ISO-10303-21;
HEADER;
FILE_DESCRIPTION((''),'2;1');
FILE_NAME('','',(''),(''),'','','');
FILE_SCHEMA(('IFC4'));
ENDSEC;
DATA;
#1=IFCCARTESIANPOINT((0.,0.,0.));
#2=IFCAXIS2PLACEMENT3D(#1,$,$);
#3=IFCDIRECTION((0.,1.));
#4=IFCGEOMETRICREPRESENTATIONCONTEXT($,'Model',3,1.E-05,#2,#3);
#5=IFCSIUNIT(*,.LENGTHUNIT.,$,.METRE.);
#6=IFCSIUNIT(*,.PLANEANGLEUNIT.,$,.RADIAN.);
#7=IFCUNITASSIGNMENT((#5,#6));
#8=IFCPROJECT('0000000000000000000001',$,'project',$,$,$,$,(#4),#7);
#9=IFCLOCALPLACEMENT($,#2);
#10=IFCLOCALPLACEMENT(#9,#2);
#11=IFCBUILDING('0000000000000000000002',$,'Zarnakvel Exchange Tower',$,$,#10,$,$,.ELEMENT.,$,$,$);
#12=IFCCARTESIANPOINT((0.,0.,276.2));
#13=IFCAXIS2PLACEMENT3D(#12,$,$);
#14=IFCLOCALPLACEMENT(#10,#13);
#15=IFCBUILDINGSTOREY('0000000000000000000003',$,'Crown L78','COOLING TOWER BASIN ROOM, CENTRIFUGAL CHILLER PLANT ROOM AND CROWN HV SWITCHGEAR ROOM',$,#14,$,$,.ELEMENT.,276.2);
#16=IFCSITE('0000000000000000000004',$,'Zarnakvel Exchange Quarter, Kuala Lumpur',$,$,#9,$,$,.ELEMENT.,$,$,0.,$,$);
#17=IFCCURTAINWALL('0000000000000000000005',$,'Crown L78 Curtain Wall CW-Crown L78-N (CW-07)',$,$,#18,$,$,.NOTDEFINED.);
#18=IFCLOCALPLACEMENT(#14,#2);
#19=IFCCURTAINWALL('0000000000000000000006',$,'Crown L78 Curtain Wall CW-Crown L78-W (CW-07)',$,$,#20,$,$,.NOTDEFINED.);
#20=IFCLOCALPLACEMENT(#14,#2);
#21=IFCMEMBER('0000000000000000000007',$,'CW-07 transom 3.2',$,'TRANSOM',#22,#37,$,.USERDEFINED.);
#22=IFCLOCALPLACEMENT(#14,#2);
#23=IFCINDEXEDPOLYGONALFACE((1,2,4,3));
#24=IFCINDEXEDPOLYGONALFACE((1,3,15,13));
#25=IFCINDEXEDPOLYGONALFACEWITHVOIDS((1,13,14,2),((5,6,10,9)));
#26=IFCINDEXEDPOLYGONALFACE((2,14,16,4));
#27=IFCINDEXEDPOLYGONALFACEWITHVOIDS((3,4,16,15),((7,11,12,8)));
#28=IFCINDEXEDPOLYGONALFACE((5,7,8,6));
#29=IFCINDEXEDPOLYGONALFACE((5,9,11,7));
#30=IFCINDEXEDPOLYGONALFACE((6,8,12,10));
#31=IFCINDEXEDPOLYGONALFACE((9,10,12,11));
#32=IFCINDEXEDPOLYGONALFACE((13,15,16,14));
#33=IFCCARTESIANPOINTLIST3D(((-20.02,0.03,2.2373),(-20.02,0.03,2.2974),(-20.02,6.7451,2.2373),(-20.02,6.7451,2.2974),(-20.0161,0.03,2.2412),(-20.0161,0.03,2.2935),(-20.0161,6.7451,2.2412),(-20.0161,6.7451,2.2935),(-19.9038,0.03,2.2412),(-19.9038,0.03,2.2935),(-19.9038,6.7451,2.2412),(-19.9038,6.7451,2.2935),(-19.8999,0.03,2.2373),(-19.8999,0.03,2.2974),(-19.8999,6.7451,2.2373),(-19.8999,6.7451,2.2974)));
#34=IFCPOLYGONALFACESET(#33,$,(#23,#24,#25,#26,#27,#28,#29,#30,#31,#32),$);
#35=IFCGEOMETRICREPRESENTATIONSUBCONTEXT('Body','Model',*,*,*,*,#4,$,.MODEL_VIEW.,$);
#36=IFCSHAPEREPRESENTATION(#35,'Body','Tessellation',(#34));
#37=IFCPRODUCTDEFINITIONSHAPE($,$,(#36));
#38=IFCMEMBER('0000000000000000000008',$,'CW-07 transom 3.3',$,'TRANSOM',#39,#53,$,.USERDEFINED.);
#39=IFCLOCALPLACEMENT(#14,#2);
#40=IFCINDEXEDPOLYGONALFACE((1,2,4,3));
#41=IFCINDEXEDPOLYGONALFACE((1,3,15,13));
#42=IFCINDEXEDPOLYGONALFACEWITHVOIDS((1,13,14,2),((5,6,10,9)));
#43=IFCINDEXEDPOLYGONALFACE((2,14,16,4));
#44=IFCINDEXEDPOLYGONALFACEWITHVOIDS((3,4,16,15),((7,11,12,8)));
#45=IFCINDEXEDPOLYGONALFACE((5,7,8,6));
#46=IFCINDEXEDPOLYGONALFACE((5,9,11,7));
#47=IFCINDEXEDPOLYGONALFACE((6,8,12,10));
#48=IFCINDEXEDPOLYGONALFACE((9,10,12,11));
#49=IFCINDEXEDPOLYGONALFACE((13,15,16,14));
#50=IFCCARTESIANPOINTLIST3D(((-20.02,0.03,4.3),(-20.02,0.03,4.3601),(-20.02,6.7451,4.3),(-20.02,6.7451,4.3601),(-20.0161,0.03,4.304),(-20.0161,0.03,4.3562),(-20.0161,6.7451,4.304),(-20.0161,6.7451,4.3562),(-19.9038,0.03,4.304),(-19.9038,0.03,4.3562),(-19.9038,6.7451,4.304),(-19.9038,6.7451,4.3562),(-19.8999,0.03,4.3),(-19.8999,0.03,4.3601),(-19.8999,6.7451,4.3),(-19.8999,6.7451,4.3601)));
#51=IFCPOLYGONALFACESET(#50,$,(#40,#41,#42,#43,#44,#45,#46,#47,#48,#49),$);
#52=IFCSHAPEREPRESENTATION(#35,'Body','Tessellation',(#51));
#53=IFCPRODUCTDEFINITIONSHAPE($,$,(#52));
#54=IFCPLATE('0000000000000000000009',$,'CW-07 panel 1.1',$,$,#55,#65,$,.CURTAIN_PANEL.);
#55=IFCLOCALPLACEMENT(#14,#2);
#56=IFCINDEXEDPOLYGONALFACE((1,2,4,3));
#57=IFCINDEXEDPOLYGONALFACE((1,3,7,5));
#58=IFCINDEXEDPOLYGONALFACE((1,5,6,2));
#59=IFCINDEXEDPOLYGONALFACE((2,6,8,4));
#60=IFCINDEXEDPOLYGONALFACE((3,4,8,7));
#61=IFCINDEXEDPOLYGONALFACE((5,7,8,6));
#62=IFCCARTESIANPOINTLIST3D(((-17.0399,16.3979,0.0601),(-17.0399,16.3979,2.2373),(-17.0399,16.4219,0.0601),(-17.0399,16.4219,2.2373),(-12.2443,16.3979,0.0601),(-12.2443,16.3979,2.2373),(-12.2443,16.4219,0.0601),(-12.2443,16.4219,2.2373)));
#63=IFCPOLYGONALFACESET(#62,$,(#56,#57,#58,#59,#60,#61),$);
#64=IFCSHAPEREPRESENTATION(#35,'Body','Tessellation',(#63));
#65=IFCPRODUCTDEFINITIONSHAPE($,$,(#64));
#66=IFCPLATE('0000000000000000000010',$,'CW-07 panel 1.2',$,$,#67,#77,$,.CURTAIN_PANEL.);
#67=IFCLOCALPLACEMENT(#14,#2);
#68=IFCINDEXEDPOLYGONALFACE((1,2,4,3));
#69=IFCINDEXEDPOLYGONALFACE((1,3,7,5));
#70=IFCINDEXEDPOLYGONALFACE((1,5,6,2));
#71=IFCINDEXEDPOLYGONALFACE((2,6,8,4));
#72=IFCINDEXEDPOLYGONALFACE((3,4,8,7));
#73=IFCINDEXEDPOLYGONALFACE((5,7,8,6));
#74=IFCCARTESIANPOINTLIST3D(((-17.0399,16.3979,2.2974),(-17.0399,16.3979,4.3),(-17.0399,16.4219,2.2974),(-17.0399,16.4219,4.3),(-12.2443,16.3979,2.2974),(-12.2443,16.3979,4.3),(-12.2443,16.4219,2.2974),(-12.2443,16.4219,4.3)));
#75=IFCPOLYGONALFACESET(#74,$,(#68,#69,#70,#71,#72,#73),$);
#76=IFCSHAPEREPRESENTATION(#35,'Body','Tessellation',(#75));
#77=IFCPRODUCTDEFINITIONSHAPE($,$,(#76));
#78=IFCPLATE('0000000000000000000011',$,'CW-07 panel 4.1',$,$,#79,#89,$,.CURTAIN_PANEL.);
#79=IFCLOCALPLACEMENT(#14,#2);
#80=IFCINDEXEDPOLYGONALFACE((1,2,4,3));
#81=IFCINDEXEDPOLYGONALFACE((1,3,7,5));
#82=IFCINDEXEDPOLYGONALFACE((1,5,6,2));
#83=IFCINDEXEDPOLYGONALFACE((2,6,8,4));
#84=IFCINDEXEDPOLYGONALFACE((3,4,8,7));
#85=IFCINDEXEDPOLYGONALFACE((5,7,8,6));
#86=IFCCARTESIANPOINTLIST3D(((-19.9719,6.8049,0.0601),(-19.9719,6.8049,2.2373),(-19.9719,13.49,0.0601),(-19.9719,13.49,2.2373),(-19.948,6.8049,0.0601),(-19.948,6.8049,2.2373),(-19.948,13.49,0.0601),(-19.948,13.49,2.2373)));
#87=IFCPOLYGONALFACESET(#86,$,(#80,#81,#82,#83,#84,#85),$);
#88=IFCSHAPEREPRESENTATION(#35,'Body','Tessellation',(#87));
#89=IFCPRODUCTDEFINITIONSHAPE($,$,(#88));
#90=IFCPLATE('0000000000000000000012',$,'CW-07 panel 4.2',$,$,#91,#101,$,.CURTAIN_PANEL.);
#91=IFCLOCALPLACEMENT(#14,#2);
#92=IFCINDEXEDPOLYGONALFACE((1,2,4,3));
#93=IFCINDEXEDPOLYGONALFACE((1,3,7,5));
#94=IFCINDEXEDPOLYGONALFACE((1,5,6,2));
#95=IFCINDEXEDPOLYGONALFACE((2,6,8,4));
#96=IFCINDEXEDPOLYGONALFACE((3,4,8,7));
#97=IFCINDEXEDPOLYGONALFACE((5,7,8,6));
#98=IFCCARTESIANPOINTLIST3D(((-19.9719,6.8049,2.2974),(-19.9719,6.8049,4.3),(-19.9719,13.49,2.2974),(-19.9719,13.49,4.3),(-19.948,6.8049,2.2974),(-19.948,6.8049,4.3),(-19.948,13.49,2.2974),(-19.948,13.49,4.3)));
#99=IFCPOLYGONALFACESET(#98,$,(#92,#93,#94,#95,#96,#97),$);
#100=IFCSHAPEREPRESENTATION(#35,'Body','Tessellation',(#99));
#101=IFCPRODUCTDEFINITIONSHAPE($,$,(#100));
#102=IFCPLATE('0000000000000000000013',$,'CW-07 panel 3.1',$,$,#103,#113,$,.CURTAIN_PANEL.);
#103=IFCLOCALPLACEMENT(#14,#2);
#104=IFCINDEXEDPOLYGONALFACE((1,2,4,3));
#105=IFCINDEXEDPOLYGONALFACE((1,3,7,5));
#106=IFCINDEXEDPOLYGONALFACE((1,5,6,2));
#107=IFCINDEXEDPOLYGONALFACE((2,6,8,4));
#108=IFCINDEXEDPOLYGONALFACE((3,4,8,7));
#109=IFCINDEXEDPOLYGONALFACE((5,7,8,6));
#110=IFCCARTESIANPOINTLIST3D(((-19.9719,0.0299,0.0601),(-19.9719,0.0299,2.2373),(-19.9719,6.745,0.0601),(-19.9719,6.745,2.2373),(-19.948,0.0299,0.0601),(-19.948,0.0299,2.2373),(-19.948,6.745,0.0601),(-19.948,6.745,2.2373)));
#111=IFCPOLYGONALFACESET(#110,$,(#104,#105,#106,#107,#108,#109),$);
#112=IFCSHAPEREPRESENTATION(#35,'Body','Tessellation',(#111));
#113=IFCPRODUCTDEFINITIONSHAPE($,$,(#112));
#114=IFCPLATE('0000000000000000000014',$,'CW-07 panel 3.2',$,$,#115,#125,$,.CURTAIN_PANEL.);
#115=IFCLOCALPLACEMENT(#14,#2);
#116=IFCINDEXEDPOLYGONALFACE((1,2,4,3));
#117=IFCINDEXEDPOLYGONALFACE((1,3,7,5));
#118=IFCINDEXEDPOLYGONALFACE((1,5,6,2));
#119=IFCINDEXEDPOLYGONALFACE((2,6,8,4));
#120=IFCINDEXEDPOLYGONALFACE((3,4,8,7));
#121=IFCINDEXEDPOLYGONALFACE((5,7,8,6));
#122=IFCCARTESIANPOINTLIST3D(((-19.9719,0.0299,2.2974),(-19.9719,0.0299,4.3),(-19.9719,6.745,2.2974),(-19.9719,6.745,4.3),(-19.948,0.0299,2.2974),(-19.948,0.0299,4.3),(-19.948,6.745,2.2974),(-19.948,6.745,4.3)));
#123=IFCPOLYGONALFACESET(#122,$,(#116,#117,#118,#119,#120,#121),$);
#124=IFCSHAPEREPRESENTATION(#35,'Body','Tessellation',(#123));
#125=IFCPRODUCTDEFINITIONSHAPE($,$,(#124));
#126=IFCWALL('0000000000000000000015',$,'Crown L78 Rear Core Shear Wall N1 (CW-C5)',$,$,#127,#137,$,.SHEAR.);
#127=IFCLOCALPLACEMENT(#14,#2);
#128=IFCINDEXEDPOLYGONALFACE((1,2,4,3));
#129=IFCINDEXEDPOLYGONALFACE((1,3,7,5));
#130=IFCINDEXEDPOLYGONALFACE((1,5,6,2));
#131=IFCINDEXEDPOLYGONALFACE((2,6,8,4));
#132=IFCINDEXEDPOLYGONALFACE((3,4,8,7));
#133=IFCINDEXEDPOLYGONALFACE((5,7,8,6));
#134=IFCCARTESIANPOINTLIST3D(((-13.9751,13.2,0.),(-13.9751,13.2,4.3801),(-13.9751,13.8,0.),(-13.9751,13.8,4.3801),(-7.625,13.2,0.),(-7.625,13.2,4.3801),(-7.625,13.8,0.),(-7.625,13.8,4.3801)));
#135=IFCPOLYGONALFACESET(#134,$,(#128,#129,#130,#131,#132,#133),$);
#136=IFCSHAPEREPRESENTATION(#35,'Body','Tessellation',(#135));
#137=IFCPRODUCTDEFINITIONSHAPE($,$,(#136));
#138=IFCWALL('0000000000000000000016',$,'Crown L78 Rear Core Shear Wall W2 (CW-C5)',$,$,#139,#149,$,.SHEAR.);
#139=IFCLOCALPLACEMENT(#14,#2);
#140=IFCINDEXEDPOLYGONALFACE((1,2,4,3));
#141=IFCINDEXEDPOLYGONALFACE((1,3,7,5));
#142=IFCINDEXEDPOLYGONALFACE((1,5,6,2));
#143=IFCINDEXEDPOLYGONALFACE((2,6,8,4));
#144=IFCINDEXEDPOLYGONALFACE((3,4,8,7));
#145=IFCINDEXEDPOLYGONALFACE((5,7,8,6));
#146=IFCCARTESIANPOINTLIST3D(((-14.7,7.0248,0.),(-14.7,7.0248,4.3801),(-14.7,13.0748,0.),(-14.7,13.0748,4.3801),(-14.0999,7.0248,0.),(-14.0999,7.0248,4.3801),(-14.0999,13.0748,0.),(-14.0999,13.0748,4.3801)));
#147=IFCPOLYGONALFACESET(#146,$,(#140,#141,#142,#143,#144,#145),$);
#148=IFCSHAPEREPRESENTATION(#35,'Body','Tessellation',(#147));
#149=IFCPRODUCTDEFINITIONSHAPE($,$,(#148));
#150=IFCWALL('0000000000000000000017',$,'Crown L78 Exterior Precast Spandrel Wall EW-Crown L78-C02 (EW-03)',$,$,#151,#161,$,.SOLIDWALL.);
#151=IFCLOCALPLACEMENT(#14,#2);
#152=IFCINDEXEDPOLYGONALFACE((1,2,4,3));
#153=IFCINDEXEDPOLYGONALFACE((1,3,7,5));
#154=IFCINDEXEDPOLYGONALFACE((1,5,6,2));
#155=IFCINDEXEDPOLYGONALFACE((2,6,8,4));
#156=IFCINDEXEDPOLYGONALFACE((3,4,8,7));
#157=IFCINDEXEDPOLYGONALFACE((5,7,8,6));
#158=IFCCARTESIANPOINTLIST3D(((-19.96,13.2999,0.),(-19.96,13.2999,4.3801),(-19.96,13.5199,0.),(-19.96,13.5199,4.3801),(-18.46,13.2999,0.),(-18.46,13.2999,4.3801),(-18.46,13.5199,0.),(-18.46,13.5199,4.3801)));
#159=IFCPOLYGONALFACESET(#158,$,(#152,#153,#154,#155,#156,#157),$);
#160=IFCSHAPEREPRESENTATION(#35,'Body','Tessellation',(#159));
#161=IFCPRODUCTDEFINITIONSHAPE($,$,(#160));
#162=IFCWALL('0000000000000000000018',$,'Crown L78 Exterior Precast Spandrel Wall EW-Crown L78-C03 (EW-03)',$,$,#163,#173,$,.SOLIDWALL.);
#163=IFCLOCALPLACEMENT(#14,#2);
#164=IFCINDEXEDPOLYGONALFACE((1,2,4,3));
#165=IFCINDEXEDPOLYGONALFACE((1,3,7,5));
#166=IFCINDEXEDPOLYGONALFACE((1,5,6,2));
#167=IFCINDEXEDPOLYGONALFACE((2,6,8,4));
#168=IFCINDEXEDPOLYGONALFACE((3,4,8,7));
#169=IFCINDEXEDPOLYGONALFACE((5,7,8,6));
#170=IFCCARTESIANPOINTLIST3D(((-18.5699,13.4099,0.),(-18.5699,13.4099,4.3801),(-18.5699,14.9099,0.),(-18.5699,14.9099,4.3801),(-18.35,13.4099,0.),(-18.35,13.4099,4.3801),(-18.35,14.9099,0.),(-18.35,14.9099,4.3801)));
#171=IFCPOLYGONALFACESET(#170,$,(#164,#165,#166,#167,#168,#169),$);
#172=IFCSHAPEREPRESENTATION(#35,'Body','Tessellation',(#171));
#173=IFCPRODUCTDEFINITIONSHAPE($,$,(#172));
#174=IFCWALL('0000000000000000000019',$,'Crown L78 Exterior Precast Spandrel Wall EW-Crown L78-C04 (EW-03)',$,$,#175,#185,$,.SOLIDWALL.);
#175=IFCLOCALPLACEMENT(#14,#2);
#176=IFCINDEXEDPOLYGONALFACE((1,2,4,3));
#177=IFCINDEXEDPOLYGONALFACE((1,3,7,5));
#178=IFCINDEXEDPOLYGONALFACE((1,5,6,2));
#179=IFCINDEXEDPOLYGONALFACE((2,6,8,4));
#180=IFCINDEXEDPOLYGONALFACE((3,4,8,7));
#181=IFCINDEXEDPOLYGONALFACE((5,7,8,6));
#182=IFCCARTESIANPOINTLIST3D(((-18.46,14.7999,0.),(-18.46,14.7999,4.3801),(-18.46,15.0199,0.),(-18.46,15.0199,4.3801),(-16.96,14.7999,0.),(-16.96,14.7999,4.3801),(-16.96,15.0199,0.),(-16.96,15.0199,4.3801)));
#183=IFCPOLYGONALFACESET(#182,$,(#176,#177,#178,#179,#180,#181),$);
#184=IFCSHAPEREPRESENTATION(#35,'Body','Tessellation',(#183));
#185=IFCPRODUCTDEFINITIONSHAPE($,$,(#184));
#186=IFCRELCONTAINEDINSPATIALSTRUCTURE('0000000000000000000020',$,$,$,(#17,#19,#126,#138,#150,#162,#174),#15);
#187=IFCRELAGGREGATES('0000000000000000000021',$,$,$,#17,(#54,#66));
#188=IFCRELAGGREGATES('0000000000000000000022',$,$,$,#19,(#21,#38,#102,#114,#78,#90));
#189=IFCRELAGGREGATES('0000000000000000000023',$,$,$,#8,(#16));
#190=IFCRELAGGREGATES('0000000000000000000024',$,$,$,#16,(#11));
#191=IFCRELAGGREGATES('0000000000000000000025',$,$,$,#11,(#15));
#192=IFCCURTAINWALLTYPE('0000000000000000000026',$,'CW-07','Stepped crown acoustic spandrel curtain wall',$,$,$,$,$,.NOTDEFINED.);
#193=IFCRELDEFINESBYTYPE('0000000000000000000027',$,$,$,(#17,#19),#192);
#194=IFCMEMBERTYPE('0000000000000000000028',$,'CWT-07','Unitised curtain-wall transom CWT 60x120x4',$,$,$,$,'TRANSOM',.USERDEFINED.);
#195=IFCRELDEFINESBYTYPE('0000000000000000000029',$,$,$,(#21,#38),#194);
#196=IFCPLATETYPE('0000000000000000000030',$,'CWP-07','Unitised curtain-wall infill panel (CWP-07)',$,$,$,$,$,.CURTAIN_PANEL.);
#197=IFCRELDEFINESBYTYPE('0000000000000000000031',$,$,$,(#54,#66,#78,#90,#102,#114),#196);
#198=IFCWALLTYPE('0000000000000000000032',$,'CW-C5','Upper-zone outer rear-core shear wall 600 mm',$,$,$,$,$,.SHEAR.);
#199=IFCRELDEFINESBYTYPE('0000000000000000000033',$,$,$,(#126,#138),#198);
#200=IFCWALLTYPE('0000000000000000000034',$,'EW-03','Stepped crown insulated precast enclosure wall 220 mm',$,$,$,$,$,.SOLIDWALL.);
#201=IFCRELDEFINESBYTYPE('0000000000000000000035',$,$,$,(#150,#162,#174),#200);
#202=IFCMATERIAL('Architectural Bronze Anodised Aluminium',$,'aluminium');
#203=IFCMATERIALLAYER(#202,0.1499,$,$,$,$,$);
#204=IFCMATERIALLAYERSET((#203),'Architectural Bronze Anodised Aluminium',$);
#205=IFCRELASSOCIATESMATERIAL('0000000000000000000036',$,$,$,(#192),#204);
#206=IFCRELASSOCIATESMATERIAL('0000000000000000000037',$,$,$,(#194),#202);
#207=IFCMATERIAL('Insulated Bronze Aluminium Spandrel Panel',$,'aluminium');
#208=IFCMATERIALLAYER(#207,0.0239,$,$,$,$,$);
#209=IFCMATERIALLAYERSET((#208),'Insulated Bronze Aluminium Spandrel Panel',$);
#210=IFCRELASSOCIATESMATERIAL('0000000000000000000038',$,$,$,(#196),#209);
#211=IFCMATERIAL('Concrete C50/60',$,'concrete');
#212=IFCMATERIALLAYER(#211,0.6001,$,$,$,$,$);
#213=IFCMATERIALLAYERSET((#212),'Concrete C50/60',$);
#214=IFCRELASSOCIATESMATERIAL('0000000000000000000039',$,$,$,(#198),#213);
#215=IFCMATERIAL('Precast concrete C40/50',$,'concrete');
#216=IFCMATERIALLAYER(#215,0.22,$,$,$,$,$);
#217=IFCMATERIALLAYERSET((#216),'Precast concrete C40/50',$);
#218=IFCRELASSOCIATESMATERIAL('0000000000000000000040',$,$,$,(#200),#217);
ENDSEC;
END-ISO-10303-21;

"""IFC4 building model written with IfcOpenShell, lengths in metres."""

from ifc_helpers import new_model, si_unit, direction, frame, frame_2d, origin, origin_2d, place, context, subcontext, project, spatial, rectangle, hollow_rectangle, extrude, source, transform, mapped, material, layer, layer_set, material_profile, profile_set, type_object, element, aggregate, save


model = new_model("IFC4")

# Units and contexts
model_context = context("Model", 3, precision=1e-05, world=origin(), true_north=direction((0.0, 1.0)))
body_context = subcontext(model_context, "Body", "Model", "MODEL_VIEW")
ifc_project = project(units=[si_unit("LENGTHUNIT", "METRE"), si_unit("PLANEANGLEUNIT", "RADIAN")], contexts=[model_context])

# Site, building, storey
site_placement = place(None, origin())
site = spatial("IfcSite", under=ifc_project, at=site_placement, Name="Zarnakvel Exchange Quarter, Kuala Lumpur", CompositionType="ELEMENT", RefElevation=0.0)
building_placement = place(site_placement, origin())
building = spatial("IfcBuilding", under=site, at=building_placement, Name="Zarnakvel Exchange Tower", CompositionType="ELEMENT")
storey_placement = place(building_placement, frame((0.0, 0.0, 276.2)))
storey = spatial("IfcBuildingStorey", under=building, at=storey_placement, Name="Crown L78", Description="COOLING TOWER BASIN ROOM, CENTRIFUGAL CHILLER PLANT ROOM AND CROWN HV SWITCHGEAR ROOM", CompositionType="ELEMENT", Elevation=276.2)

# Shared definitions
ifc_material_1 = material(Name="Concrete C50/60", Category="concrete")

# Curtain walls
ifc_material_2 = material(Name="Architectural Bronze Anodised Aluminium", Category="aluminium")
ifc_layer_1 = layer(ifc_material_2, 0.1499)
ifc_layer_set_1 = layer_set([ifc_layer_1], Name="Architectural Bronze Anodised Aluminium")
curtain_wall_type = type_object("IfcCurtainWallType", Name="CW-07", Description="Stepped crown acoustic spandrel curtain wall", PredefinedType="NOTDEFINED", material=ifc_layer_set_1)
curtain_wall_1_placement = place(storey_placement, origin())
curtain_wall_1 = element("IfcCurtainWall", 1, at=curtain_wall_1_placement, inside=storey, type_object=curtain_wall_type, Name="Crown L78 Curtain Wall CW-Crown L78-N (CW-07)", PredefinedType="NOTDEFINED")
curtain_wall_2_placement = place(storey_placement, origin())
curtain_wall_2 = element("IfcCurtainWall", 2, at=curtain_wall_2_placement, inside=storey, type_object=curtain_wall_type, Name="Crown L78 Curtain Wall CW-Crown L78-W (CW-07)", PredefinedType="NOTDEFINED")

# Members
ifc_material_profile_1 = material_profile(ifc_material_2, hollow_rectangle(XDim=0.1201, YDim=0.0601, WallThickness=0.0039, at=origin_2d()))
ifc_profile_set_1 = profile_set([ifc_material_profile_1], Name="Architectural Bronze Anodised Aluminium")
member_type_1 = type_object("IfcMemberType", Name="CWT-07", Description="Unitised curtain-wall transom CWT 60x120x4", ElementType="TRANSOM", PredefinedType="USERDEFINED", material=ifc_profile_set_1)
shared_shape_1 = source(origin(), body_context, "Body", "SweptSolid", [
    extrude(hollow_rectangle(XDim=0.1201, YDim=0.0601, WallThickness=0.0039, at=origin_2d()), origin(), (0.0, 0.0, 1.0), 6.7151),
])
member_1_placement = place(storey_placement, frame((-19.96, 0.03, 2.2673), z_axis=(0.0, 1.0, 0.0), x_axis=(-1.0, 0.0, 0.0)))
member_1 = element("IfcMember", 3, at=member_1_placement, type_object=member_type_1, Name="CW-07 transom 3.2", ObjectType="TRANSOM", PredefinedType="USERDEFINED", context=body_context, shape_type="MappedRepresentation", body=[
    mapped(shared_shape_1, transform((0.0, 0.0, 0.0), x_axis=(1.0, 0.0, 0.0), y_axis=(0.0, 1.0, 0.0), z_axis=(0.0, 0.0, 1.0), scale=1.0)),
])
member_2_placement = place(storey_placement, frame((-19.96, 0.03, 4.3301), z_axis=(0.0, 1.0, 0.0), x_axis=(-1.0, 0.0, 0.0)))
member_2 = element("IfcMember", 4, at=member_2_placement, type_object=member_type_1, Name="CW-07 transom 3.3", ObjectType="TRANSOM", PredefinedType="USERDEFINED", context=body_context, shape_type="MappedRepresentation", body=[
    mapped(shared_shape_1, transform((0.0, 0.0, 0.0), x_axis=(1.0, 0.0, 0.0), y_axis=(0.0, 1.0, 0.0), z_axis=(0.0, 0.0, 1.0), scale=1.0)),
])

# Plates
ifc_material_3 = material(Name="Insulated Bronze Aluminium Spandrel Panel", Category="aluminium")
ifc_layer_2 = layer(ifc_material_3, 0.0239)
ifc_layer_set_2 = layer_set([ifc_layer_2], Name="Insulated Bronze Aluminium Spandrel Panel")
plate_type = type_object("IfcPlateType", Name="CWP-07", Description="Unitised curtain-wall infill panel (CWP-07)", PredefinedType="CURTAIN_PANEL", material=ifc_layer_set_2)
shared_shape_2 = source(origin(), body_context, "Body", "SweptSolid", [
    extrude(rectangle(XDim=4.7957, YDim=0.0239, at=origin_2d()), origin(), (0.0, 0.0, 1.0), 2.1772),
])
plate_1_placement = place(storey_placement, frame((-14.6421, 16.4099, 0.0601), z_axis=(0.0, 0.0, 1.0), x_axis=(1.0, 0.0, 0.0)))
plate_1 = element("IfcPlate", 5, at=plate_1_placement, type_object=plate_type, Name="CW-07 panel 1.1", PredefinedType="CURTAIN_PANEL", context=body_context, shape_type="MappedRepresentation", body=[
    mapped(shared_shape_2, transform((0.0, 0.0, 0.0), x_axis=(1.0, 0.0, 0.0), y_axis=(0.0, 1.0, 0.0), z_axis=(0.0, 0.0, 1.0), scale=1.0)),
])
shared_shape_3 = source(origin(), body_context, "Body", "SweptSolid", [
    extrude(rectangle(XDim=4.7957, YDim=0.0239, at=origin_2d()), origin(), (0.0, 0.0, 1.0), 2.0027),
])
plate_2_placement = place(storey_placement, frame((-14.6421, 16.4099, 2.2974), z_axis=(0.0, 0.0, 1.0), x_axis=(1.0, 0.0, 0.0)))
plate_2 = element("IfcPlate", 6, at=plate_2_placement, type_object=plate_type, Name="CW-07 panel 1.2", PredefinedType="CURTAIN_PANEL", context=body_context, shape_type="MappedRepresentation", body=[
    mapped(shared_shape_3, transform((0.0, 0.0, 0.0), x_axis=(1.0, 0.0, 0.0), y_axis=(0.0, 1.0, 0.0), z_axis=(0.0, 0.0, 1.0), scale=1.0)),
])
aggregate(curtain_wall_1, [plate_1, plate_2])
shared_shape_4 = source(origin(), body_context, "Body", "SweptSolid", [
    extrude(rectangle(XDim=6.6851, YDim=0.0239, at=origin_2d()), origin(), (0.0, 0.0, 1.0), 2.1772),
])
plate_3_placement = place(storey_placement, frame((-19.96, 10.1475, 0.0601), z_axis=(0.0, 0.0, 1.0), x_axis=(0.0, 1.0, 0.0)))
plate_3 = element("IfcPlate", 7, at=plate_3_placement, type_object=plate_type, Name="CW-07 panel 4.1", PredefinedType="CURTAIN_PANEL", context=body_context, shape_type="MappedRepresentation", body=[
    mapped(shared_shape_4, transform((0.0, 0.0, 0.0), x_axis=(1.0, 0.0, 0.0), y_axis=(0.0, 1.0, 0.0), z_axis=(0.0, 0.0, 1.0), scale=1.0)),
])
shared_shape_5 = source(origin(), body_context, "Body", "SweptSolid", [
    extrude(rectangle(XDim=6.6851, YDim=0.0239, at=origin_2d()), origin(), (0.0, 0.0, 1.0), 2.0027),
])
plate_4_placement = place(storey_placement, frame((-19.96, 10.1475, 2.2974), z_axis=(0.0, 0.0, 1.0), x_axis=(0.0, 1.0, 0.0)))
plate_4 = element("IfcPlate", 8, at=plate_4_placement, type_object=plate_type, Name="CW-07 panel 4.2", PredefinedType="CURTAIN_PANEL", context=body_context, shape_type="MappedRepresentation", body=[
    mapped(shared_shape_5, transform((0.0, 0.0, 0.0), x_axis=(1.0, 0.0, 0.0), y_axis=(0.0, 1.0, 0.0), z_axis=(0.0, 0.0, 1.0), scale=1.0)),
])
shared_shape_6 = source(origin(), body_context, "Body", "SweptSolid", [
    extrude(rectangle(XDim=6.7151, YDim=0.0239, at=origin_2d()), origin(), (0.0, 0.0, 1.0), 2.1772),
])
plate_5_placement = place(storey_placement, frame((-19.96, 3.3875, 0.0601), z_axis=(0.0, 0.0, 1.0), x_axis=(0.0, 1.0, 0.0)))
plate_5 = element("IfcPlate", 9, at=plate_5_placement, type_object=plate_type, Name="CW-07 panel 3.1", PredefinedType="CURTAIN_PANEL", context=body_context, shape_type="MappedRepresentation", body=[
    mapped(shared_shape_6, transform((0.0, 0.0, 0.0), x_axis=(1.0, 0.0, 0.0), y_axis=(0.0, 1.0, 0.0), z_axis=(0.0, 0.0, 1.0), scale=1.0)),
])
shared_shape_7 = source(origin(), body_context, "Body", "SweptSolid", [
    extrude(rectangle(XDim=6.7151, YDim=0.0239, at=origin_2d()), origin(), (0.0, 0.0, 1.0), 2.0027),
])
plate_6_placement = place(storey_placement, frame((-19.96, 3.3875, 2.2974), z_axis=(0.0, 0.0, 1.0), x_axis=(0.0, 1.0, 0.0)))
plate_6 = element("IfcPlate", 10, at=plate_6_placement, type_object=plate_type, Name="CW-07 panel 3.2", PredefinedType="CURTAIN_PANEL", context=body_context, shape_type="MappedRepresentation", body=[
    mapped(shared_shape_7, transform((0.0, 0.0, 0.0), x_axis=(1.0, 0.0, 0.0), y_axis=(0.0, 1.0, 0.0), z_axis=(0.0, 0.0, 1.0), scale=1.0)),
])
aggregate(curtain_wall_2, [member_1, member_2, plate_5, plate_6, plate_3, plate_4])

# Walls
ifc_layer_3 = layer(ifc_material_1, 0.6001)
ifc_layer_set_3 = layer_set([ifc_layer_3], Name="Concrete C50/60")
wall_type_1 = type_object("IfcWallType", Name="CW-C5", Description="Upper-zone outer rear-core shear wall 600 mm", PredefinedType="SHEAR", material=ifc_layer_set_3)
wall_1_placement = place(storey_placement, frame((-13.9751, 13.5, 0.0), z_axis=(0.0, 0.0, 1.0), x_axis=(1.0, 0.0, 0.0)))
element("IfcWall", 11, at=wall_1_placement, inside=storey, type_object=wall_type_1, Name="Crown L78 Rear Core Shear Wall N1 (CW-C5)", PredefinedType="SHEAR", context=body_context, shape_type="SweptSolid", body=[
    extrude(rectangle(XDim=6.3501, YDim=0.6001, at=frame_2d((3.175, 0.0))), origin(), (0.0, 0.0, 1.0), 4.3801),
])
wall_2_placement = place(storey_placement, frame((-14.3999, 7.0249, 0.0), z_axis=(0.0, 0.0, 1.0), x_axis=(0.0, 1.0, 0.0)))
element("IfcWall", 12, at=wall_2_placement, inside=storey, type_object=wall_type_1, Name="Crown L78 Rear Core Shear Wall W2 (CW-C5)", PredefinedType="SHEAR", context=body_context, shape_type="SweptSolid", body=[
    extrude(rectangle(XDim=6.05, YDim=0.6001, at=frame_2d((3.0249, 0.0))), origin(), (0.0, 0.0, 1.0), 4.3801),
])
ifc_material_4 = material(Name="Precast concrete C40/50", Category="concrete")
ifc_layer_4 = layer(ifc_material_4, 0.22)
ifc_layer_set_4 = layer_set([ifc_layer_4], Name="Precast concrete C40/50")
wall_type_2 = type_object("IfcWallType", Name="EW-03", Description="Stepped crown insulated precast enclosure wall 220 mm", PredefinedType="SOLIDWALL", material=ifc_layer_set_4)
for number, where, z_axis, x_axis, name in (
    (13, (-18.46, 13.4099, 0.0), (0.0, 0.0, 1.0), (-1.0, 0.0, 0.0), "Crown L78 Exterior Precast Spandrel Wall EW-Crown L78-C02 (EW-03)"),
    (14, (-18.46, 14.9099, 0.0), (0.0, 0.0, 1.0), (0.0, -1.0, 0.0), "Crown L78 Exterior Precast Spandrel Wall EW-Crown L78-C03 (EW-03)"),
    (15, (-16.96, 14.9099, 0.0), (0.0, 0.0, 1.0), (-1.0, 0.0, 0.0), "Crown L78 Exterior Precast Spandrel Wall EW-Crown L78-C04 (EW-03)"),
):
    element("IfcWall", number, at=place(storey_placement, frame(where, z_axis=z_axis, x_axis=x_axis)), inside=storey, type_object=wall_type_2, Name=name, PredefinedType="SOLIDWALL", context=body_context, shape_type="SweptSolid", body=[
        extrude(rectangle(XDim=1.5, YDim=0.22, at=frame_2d((0.75, 0.0))), origin(), (0.0, 0.0, 1.0), 4.3801),
    ])

save(model, "model.ifc")
